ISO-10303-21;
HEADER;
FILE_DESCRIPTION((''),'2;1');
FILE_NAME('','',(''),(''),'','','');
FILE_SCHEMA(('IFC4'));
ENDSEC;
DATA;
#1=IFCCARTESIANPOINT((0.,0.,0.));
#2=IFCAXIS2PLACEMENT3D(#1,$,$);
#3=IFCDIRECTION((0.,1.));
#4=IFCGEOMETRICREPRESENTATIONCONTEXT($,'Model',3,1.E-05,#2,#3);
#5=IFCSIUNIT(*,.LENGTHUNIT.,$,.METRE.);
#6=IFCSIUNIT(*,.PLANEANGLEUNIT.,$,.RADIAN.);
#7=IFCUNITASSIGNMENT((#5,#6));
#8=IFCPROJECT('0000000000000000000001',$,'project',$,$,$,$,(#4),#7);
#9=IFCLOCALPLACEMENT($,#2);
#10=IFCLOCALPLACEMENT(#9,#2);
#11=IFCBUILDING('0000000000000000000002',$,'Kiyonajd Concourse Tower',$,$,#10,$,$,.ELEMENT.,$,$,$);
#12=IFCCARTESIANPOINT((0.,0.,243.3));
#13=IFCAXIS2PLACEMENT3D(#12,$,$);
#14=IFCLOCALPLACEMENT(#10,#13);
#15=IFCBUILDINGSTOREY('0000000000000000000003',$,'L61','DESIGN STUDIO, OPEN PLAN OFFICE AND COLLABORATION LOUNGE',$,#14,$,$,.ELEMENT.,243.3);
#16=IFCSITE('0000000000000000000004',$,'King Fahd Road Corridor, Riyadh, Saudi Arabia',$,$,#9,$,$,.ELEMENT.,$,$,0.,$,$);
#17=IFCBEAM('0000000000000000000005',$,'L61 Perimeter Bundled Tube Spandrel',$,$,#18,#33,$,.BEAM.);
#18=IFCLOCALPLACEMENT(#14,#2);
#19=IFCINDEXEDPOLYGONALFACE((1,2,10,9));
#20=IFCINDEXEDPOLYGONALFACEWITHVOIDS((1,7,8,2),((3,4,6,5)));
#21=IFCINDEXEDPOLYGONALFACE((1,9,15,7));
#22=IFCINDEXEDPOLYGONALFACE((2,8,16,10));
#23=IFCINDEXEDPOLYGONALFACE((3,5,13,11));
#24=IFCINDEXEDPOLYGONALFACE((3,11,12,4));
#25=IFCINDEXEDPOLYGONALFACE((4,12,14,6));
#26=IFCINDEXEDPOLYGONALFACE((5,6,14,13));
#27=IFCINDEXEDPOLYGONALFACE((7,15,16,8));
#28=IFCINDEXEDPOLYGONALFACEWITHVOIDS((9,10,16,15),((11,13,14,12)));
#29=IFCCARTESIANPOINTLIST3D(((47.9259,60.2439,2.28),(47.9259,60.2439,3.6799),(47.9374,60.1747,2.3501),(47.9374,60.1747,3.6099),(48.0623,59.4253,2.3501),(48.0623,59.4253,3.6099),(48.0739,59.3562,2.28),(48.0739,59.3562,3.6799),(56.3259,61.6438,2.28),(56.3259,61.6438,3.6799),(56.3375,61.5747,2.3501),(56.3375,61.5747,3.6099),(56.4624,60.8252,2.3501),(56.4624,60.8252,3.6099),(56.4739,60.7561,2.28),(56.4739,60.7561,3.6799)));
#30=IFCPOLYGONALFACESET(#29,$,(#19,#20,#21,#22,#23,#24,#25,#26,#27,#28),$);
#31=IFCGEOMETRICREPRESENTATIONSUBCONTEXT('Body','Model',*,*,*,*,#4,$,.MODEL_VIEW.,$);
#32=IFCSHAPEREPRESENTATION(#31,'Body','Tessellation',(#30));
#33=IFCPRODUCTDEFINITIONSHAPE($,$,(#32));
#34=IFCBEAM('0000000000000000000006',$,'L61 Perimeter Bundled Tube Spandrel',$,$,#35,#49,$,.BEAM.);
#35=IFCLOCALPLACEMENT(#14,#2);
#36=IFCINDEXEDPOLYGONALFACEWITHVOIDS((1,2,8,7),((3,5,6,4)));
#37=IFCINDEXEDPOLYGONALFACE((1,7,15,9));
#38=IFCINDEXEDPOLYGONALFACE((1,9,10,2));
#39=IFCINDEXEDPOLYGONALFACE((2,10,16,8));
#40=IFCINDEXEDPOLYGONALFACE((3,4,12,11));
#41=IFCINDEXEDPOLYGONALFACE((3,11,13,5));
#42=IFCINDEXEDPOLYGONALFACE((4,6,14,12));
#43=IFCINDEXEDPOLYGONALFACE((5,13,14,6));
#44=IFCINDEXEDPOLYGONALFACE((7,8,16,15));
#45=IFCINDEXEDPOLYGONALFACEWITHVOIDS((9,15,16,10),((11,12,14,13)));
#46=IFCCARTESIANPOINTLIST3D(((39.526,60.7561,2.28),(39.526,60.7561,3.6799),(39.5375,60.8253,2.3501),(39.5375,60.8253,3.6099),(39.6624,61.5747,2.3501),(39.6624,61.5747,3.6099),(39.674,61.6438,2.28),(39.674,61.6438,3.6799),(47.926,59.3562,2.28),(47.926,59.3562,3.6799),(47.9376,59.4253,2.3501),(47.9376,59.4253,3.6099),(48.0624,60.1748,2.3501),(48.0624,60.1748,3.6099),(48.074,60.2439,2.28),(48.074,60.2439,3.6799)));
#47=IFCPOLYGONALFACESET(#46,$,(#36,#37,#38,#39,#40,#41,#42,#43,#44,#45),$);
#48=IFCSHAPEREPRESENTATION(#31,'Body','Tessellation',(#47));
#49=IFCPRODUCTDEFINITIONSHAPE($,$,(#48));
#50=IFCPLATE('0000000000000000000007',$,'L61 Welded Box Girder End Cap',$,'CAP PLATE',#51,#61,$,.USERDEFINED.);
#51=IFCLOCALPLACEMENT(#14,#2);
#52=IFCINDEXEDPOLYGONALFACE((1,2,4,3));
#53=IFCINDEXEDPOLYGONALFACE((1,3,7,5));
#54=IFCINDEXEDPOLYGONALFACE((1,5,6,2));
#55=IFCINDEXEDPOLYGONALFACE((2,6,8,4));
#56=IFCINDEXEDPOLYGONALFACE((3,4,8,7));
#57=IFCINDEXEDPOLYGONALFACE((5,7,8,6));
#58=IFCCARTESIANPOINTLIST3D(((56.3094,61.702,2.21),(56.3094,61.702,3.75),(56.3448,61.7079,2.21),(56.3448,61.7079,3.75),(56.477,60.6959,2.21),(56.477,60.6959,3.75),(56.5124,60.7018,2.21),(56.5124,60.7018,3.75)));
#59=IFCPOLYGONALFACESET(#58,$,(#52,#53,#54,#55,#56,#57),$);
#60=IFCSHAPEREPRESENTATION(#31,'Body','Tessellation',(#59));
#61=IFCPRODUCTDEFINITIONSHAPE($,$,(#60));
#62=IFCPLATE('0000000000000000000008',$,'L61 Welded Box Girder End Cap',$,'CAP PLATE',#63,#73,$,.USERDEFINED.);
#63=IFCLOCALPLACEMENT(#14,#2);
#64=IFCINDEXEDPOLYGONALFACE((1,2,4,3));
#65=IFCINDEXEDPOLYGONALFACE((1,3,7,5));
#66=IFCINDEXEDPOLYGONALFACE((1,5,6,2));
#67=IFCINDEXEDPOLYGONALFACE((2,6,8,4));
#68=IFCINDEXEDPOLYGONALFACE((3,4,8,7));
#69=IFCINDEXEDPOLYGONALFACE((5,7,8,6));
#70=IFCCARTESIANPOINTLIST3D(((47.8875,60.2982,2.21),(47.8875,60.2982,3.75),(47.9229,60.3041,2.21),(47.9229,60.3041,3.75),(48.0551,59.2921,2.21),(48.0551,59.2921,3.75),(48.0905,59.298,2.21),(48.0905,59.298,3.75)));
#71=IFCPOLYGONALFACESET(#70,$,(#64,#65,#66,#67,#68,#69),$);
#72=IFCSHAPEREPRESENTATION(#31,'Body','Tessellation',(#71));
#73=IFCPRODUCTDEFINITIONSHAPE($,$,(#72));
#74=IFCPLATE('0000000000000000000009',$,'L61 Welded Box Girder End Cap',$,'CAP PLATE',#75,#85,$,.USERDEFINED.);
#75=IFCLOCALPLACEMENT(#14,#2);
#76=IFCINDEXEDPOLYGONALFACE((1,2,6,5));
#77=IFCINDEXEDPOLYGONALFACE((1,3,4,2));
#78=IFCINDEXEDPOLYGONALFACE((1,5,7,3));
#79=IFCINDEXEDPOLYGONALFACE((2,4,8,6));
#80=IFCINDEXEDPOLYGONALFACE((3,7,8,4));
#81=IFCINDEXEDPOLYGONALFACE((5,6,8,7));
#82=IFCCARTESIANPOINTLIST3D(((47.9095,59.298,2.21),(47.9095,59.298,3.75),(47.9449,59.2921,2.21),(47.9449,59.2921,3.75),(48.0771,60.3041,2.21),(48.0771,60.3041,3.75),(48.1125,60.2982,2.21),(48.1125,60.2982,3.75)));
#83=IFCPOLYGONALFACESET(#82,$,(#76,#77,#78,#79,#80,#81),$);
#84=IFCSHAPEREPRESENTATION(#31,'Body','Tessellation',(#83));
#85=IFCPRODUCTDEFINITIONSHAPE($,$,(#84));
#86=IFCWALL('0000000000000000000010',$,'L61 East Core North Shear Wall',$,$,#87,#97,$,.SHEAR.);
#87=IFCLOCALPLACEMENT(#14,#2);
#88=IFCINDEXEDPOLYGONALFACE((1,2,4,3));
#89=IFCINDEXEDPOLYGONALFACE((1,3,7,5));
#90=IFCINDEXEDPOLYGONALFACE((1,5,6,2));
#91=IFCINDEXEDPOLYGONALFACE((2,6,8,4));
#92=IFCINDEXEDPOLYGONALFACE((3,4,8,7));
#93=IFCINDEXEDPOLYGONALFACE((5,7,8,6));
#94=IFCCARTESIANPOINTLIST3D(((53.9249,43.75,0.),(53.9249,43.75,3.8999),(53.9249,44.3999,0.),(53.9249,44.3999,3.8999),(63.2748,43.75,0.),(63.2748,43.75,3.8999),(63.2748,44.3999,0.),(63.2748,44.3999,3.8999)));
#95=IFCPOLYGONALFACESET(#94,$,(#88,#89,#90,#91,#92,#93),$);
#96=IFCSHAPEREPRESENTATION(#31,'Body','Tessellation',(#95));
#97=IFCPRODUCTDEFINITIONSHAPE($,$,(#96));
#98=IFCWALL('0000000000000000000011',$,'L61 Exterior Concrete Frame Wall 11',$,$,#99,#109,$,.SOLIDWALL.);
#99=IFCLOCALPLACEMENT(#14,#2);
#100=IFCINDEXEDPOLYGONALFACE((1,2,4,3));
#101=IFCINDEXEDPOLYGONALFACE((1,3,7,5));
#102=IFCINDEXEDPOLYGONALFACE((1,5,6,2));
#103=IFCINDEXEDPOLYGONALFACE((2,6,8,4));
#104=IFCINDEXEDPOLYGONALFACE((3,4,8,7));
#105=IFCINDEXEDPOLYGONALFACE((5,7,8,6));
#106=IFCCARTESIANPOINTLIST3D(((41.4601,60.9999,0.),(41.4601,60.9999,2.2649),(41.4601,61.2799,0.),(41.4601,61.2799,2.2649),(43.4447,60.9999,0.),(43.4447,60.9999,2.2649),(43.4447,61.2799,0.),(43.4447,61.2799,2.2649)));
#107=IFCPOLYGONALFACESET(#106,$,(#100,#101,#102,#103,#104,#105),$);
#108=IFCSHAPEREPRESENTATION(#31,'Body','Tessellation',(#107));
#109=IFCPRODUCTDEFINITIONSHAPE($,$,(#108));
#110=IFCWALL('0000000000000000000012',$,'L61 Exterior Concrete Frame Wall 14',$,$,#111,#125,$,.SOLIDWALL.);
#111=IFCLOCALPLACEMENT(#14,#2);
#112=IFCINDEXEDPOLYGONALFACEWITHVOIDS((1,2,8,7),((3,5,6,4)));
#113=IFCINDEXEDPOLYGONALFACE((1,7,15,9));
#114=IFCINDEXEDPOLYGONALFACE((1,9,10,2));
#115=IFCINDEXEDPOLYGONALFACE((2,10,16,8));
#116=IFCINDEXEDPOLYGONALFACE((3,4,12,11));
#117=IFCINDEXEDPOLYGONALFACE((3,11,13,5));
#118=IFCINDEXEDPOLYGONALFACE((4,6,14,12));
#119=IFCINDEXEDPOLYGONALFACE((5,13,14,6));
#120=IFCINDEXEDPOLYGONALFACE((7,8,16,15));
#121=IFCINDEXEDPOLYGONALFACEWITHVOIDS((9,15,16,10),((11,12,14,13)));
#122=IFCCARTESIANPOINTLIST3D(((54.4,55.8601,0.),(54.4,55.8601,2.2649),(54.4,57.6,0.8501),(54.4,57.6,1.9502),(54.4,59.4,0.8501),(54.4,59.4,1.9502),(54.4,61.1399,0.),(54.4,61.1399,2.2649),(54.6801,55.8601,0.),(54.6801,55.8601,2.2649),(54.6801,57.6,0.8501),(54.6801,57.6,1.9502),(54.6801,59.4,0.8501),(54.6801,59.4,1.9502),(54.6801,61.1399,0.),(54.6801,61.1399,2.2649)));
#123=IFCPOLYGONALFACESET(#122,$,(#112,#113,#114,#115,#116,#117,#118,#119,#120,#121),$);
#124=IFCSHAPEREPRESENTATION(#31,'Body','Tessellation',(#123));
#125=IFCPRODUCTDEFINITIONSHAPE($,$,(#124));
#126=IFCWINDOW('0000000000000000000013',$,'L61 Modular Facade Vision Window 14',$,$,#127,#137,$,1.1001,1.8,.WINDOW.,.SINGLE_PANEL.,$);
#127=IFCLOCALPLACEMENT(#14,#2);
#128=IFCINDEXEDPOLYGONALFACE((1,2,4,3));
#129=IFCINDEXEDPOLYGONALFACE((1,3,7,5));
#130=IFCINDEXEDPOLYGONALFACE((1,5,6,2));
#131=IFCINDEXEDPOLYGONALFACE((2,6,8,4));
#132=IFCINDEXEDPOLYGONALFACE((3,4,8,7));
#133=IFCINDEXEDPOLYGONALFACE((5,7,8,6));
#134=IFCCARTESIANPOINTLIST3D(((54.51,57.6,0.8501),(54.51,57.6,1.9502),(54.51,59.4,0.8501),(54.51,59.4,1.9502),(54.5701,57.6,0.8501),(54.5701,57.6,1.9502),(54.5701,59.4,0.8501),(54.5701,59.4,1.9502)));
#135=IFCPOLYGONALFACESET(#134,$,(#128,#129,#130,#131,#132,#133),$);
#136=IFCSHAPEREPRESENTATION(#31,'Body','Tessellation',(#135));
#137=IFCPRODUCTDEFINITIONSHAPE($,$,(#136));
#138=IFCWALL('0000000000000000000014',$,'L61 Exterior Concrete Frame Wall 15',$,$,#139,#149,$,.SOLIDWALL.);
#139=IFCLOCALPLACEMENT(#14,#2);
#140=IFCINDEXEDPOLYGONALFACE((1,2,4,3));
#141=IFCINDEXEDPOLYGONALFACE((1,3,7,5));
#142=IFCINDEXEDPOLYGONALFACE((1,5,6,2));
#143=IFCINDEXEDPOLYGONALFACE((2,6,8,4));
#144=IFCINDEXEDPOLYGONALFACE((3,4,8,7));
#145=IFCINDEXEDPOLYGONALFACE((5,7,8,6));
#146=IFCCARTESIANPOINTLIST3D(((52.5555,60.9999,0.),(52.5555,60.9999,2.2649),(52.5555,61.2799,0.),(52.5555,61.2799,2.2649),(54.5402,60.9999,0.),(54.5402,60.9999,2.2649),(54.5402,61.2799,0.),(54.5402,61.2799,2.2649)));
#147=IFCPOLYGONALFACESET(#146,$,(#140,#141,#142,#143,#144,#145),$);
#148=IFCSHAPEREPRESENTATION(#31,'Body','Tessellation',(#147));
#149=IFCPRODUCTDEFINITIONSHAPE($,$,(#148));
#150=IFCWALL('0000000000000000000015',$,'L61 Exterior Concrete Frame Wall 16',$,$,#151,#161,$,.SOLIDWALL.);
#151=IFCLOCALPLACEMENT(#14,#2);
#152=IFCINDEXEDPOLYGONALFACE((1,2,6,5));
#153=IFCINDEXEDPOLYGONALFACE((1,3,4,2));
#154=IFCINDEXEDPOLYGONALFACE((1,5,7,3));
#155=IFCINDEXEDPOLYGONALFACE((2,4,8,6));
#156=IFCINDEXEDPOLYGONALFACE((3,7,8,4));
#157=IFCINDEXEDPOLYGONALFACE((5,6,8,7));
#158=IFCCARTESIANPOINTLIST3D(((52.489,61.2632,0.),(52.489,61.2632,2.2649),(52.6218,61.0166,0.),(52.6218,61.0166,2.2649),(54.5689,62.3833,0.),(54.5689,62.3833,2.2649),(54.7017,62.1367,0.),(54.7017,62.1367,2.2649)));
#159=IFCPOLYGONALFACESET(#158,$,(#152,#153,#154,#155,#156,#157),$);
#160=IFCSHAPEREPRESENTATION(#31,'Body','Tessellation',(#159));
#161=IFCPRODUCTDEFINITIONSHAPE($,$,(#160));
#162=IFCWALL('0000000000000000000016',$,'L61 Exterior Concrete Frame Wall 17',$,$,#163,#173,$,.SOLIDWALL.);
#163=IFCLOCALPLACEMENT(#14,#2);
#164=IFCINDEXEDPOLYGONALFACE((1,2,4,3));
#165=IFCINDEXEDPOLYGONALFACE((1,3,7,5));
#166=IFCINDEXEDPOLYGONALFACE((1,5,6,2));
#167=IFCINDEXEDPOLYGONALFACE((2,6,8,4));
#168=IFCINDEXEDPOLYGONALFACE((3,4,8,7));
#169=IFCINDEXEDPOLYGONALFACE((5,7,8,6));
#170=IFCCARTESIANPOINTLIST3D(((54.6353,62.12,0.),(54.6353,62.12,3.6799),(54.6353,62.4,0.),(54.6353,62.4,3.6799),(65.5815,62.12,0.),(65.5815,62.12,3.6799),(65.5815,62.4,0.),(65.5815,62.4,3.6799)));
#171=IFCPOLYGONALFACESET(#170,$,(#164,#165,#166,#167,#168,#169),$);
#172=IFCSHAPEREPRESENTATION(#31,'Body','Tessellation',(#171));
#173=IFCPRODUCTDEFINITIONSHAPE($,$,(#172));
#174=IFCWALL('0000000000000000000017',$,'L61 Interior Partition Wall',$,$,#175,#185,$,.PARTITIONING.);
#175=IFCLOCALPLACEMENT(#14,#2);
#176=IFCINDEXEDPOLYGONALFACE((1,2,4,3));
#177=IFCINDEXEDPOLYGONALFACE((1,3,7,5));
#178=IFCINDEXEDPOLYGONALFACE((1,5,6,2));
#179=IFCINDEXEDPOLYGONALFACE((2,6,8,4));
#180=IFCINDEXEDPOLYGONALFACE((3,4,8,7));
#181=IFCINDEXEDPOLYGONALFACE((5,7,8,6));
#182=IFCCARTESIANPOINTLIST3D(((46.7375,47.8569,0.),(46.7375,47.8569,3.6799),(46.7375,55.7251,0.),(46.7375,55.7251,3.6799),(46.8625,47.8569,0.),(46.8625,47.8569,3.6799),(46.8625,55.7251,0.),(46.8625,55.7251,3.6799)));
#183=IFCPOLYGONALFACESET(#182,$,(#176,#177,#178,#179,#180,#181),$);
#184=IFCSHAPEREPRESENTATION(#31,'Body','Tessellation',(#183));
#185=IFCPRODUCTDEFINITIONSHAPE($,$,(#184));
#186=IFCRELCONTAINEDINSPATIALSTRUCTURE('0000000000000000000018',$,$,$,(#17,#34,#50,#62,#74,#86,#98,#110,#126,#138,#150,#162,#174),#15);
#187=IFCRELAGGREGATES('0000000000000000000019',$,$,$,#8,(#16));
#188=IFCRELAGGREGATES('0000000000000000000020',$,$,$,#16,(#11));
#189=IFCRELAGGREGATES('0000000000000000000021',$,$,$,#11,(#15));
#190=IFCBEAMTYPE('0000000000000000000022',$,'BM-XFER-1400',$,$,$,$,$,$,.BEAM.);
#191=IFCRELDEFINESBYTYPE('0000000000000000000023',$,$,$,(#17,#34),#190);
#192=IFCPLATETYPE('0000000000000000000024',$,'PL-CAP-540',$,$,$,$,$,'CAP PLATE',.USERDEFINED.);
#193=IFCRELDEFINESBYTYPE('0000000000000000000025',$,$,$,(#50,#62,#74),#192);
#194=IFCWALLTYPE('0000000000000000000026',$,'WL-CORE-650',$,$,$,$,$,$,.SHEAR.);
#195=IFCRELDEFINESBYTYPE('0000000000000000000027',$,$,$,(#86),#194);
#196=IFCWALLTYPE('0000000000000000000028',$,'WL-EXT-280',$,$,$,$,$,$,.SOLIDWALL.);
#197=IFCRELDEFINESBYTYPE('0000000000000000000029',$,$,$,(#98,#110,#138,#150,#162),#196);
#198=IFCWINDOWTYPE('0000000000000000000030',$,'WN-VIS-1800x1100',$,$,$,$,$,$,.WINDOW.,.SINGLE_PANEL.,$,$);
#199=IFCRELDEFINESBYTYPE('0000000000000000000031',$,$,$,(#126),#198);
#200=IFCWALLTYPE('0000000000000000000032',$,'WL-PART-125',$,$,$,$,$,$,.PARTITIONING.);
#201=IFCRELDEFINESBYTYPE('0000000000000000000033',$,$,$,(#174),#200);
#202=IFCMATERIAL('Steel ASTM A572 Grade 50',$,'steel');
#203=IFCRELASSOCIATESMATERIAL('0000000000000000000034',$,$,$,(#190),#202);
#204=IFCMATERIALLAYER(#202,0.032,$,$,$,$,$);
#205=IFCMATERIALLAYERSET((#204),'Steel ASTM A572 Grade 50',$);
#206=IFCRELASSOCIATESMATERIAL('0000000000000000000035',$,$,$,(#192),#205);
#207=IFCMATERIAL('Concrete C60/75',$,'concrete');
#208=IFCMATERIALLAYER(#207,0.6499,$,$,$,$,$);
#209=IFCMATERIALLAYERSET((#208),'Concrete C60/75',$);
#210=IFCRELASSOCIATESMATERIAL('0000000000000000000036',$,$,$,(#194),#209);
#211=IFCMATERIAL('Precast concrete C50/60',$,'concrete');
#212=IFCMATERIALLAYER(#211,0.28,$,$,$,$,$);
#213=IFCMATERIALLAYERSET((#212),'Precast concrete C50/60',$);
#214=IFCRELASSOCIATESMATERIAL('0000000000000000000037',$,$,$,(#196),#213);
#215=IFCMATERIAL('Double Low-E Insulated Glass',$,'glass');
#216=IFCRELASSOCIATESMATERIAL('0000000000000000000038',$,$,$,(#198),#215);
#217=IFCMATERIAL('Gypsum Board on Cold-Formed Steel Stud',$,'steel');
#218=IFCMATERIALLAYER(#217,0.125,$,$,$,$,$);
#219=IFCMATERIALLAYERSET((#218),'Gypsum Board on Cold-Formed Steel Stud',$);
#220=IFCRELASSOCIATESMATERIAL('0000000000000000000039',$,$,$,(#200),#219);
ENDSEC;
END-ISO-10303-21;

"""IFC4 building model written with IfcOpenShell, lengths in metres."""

from ifc_helpers import new_model, si_unit, direction, frame, frame_2d, origin, origin_2d, place, context, subcontext, project, spatial, rectangle, hollow_rectangle, extrude, material, layer, layer_set, material_profile, profile_set, type_object, element, fill, save


model = new_model("IFC4")

# Units and contexts
model_context = context("Model", 3, precision=1e-05, world=origin(), true_north=direction((0.0, 1.0)))
body_context = subcontext(model_context, "Body", "Model", "MODEL_VIEW")
ifc_project = project(units=[si_unit("LENGTHUNIT", "METRE"), si_unit("PLANEANGLEUNIT", "RADIAN")], contexts=[model_context])

# Site, building, storey
site_placement = place(None, origin())
site = spatial("IfcSite", under=ifc_project, at=site_placement, Name="King Fahd Road Corridor, Riyadh, Saudi Arabia", CompositionType="ELEMENT", RefElevation=0.0)
building_placement = place(site_placement, origin())
building = spatial("IfcBuilding", under=site, at=building_placement, Name="Kiyonajd Concourse Tower", CompositionType="ELEMENT")
storey_placement = place(building_placement, frame((0.0, 0.0, 243.3)))
storey = spatial("IfcBuildingStorey", under=building, at=storey_placement, Name="L61", Description="DESIGN STUDIO, OPEN PLAN OFFICE AND COLLABORATION LOUNGE", CompositionType="ELEMENT", Elevation=243.3)

# Shared definitions
ifc_material_1 = material(Name="Concrete C60/75", Category="concrete")

# Beams
ifc_material_2 = material(Name="Steel ASTM A572 Grade 50", Category="steel")
ifc_material_profile_1 = material_profile(ifc_material_2, hollow_rectangle(XDim=0.8999, YDim=1.3999, WallThickness=0.0701, at=origin_2d()), Name="BOX-1400x900x70")
ifc_profile_set_1 = profile_set([ifc_material_profile_1], Name="Steel ASTM A572 Grade 50")
beam_type_1 = type_object("IfcBeamType", Name="BM-XFER-1400", PredefinedType="BEAM", material=ifc_profile_set_1)
for number, where, z_axis, x_axis, name in (
    (1, (56.3999, 61.2, 2.98), (-0.986395, -0.16439, 0.0), (0.16439, -0.986395, 0.0), "L61 Perimeter Bundled Tube Spandrel"),
    (2, (48.0, 59.8, 2.98), (-0.986395, 0.16439, 0.0), (-0.16439, -0.986395, 0.0), "L61 Perimeter Bundled Tube Spandrel"),
):
    element("IfcBeam", number, at=place(storey_placement, frame(where, z_axis=z_axis, x_axis=x_axis)), inside=storey, type_object=beam_type_1, Name=name, PredefinedType="BEAM", context=body_context, shape_type="SweptSolid", body=[
        extrude(hollow_rectangle(XDim=0.8999, YDim=1.3999, WallThickness=0.0701, at=origin_2d()), origin(), (0.0, 0.0, 1.0), 8.5159),
    ])

# Plates
ifc_layer_1 = layer(ifc_material_2, 0.032)
ifc_layer_set_1 = layer_set([ifc_layer_1], Name="Steel ASTM A572 Grade 50")
plate_type = type_object("IfcPlateType", Name="PL-CAP-540", ElementType="CAP PLATE", PredefinedType="USERDEFINED", material=ifc_layer_set_1)
for number, where, z_axis, x_axis, name in (
    (3, (56.4109, 61.2019, 2.21), (0.0, 0.0, 1.0), (0.986401, 0.164359, 0.0), "L61 Welded Box Girder End Cap"),
    (4, (47.989, 59.7981, 2.21), (0.0, 0.0, 1.0), (-0.986401, -0.164359, 0.0), "L61 Welded Box Girder End Cap"),
    (5, (48.011, 59.7981, 2.21), (0.0, 0.0, 1.0), (0.986401, -0.164359, 0.0), "L61 Welded Box Girder End Cap"),
):
    element("IfcPlate", number, at=place(storey_placement, frame(where, z_axis=z_axis, x_axis=x_axis)), inside=storey, type_object=plate_type, Name=name, ObjectType="CAP PLATE", PredefinedType="USERDEFINED", context=body_context, shape_type="SweptSolid", body=[
        extrude(rectangle(XDim=0.0359, YDim=1.02, at=origin_2d()), origin(), (0.0, 0.0, 1.0), 1.54),
    ])

# Walls
ifc_layer_2 = layer(ifc_material_1, 0.6499)
ifc_layer_set_2 = layer_set([ifc_layer_2], Name="Concrete C60/75")
wall_type_1 = type_object("IfcWallType", Name="WL-CORE-650", PredefinedType="SHEAR", material=ifc_layer_set_2)
wall_1_placement = place(storey_placement, frame((53.925, 44.075, 0.0), z_axis=(0.0, 0.0, 1.0), x_axis=(1.0, 0.0, 0.0)))
element("IfcWall", 6, at=wall_1_placement, inside=storey, type_object=wall_type_1, Name="L61 East Core North Shear Wall", PredefinedType="SHEAR", context=body_context, shape_type="SweptSolid", body=[
    extrude(rectangle(XDim=9.3499, YDim=0.6499, at=frame_2d((4.6748, 0.0))), origin(), (0.0, 0.0, 1.0), 3.8999),
])
ifc_material_3 = material(Name="Precast concrete C50/60", Category="concrete")
ifc_layer_3 = layer(ifc_material_3, 0.28)
ifc_layer_set_3 = layer_set([ifc_layer_3], Name="Precast concrete C50/60")
wall_type_2 = type_object("IfcWallType", Name="WL-EXT-280", PredefinedType="SOLIDWALL", material=ifc_layer_set_3)
wall_2_placement = place(storey_placement, frame((43.4446, 61.1399, 0.0), z_axis=(0.0, 0.0, 1.0), x_axis=(-1.0, 0.0, 0.0)))
element("IfcWall", 7, at=wall_2_placement, inside=storey, type_object=wall_type_2, Name="L61 Exterior Concrete Frame Wall 11", PredefinedType="SOLIDWALL", context=body_context, shape_type="SweptSolid", body=[
    extrude(rectangle(XDim=1.9846, YDim=0.28, at=frame_2d((0.9922, 0.0))), origin(), (0.0, 0.0, 1.0), 2.2649),
])

# Wall, opening, window
wall_3_placement = place(storey_placement, frame((54.54, 55.8601, 0.0), z_axis=(0.0, 0.0, 1.0), x_axis=(0.0, 1.0, 0.0)))
wall_3 = element("IfcWall", 8, at=wall_3_placement, inside=storey, type_object=wall_type_2, Name="L61 Exterior Concrete Frame Wall 14", PredefinedType="SOLIDWALL", context=body_context, shape_type="SweptSolid", body=[
    extrude(rectangle(XDim=5.2798, YDim=0.28, at=frame_2d((2.6399, 0.0))), origin(), (0.0, 0.0, 1.0), 2.2649),
])
opening_placement = place(wall_3_placement, frame((1.74, 0.0, 0.8501)))
opening = element("IfcOpeningElement", 9, at=opening_placement, cuts=wall_3, PredefinedType="OPENING", context=body_context, shape_type="SweptSolid", body=[
    extrude(rectangle(XDim=1.8, YDim=1.1001, at=frame_2d((0.8999, 0.55))), frame((0.0, 0.1499, 0.0), z_axis=(0.0, -1.0, 0.0), x_axis=(1.0, 0.0, 0.0)), (0.0, 0.0, 1.0), 0.3),
])
ifc_material_4 = material(Name="Double Low-E Insulated Glass", Category="glass")
window_type = type_object("IfcWindowType", Name="WN-VIS-1800x1100", PartitioningType="SINGLE_PANEL", PredefinedType="WINDOW", material=ifc_material_4)
window_placement = place(opening_placement, origin())
window = element("IfcWindow", 10, at=window_placement, inside=storey, type_object=window_type, Name="L61 Modular Facade Vision Window 14", OverallHeight=1.1001, OverallWidth=1.8, PartitioningType="SINGLE_PANEL", PredefinedType="WINDOW", context=body_context, shape_type="SweptSolid", body=[
    extrude(rectangle(XDim=1.8, YDim=1.1001, at=frame_2d((0.8999, 0.55))), frame((0.0, 0.03, 0.0), z_axis=(0.0, -1.0, 0.0), x_axis=(1.0, 0.0, 0.0)), (0.0, 0.0, 1.0), 0.0601),
])
fill(opening, window)

# Walls
wall_4_placement = place(storey_placement, frame((54.54, 61.1399, 0.0), z_axis=(0.0, 0.0, 1.0), x_axis=(-1.0, 0.0, 0.0)))
element("IfcWall", 11, at=wall_4_placement, inside=storey, type_object=wall_type_2, Name="L61 Exterior Concrete Frame Wall 15", PredefinedType="SOLIDWALL", context=body_context, shape_type="SweptSolid", body=[
    extrude(rectangle(XDim=1.9846, YDim=0.28, at=frame_2d((0.9922, 0.0))), origin(), (0.0, 0.0, 1.0), 2.2649),
])
wall_5_placement = place(storey_placement, frame((52.5554, 61.1399, 0.0), z_axis=(0.0, 0.0, 1.0), x_axis=(0.880435, 0.474168, 0.0)))
element("IfcWall", 12, at=wall_5_placement, inside=storey, type_object=wall_type_2, Name="L61 Exterior Concrete Frame Wall 16", PredefinedType="SOLIDWALL", context=body_context, shape_type="SweptSolid", body=[
    extrude(rectangle(XDim=2.3623, YDim=0.28, at=frame_2d((1.1812, 0.0))), origin(), (0.0, 0.0, 1.0), 2.2649),
])
wall_6_placement = place(storey_placement, frame((54.6353, 62.26, 0.0), z_axis=(0.0, 0.0, 1.0), x_axis=(1.0, 0.0, 0.0)))
element("IfcWall", 13, at=wall_6_placement, inside=storey, type_object=wall_type_2, Name="L61 Exterior Concrete Frame Wall 17", PredefinedType="SOLIDWALL", context=body_context, shape_type="SweptSolid", body=[
    extrude(rectangle(XDim=10.9463, YDim=0.28, at=frame_2d((5.4731, 0.0))), origin(), (0.0, 0.0, 1.0), 3.6799),
])
ifc_material_5 = material(Name="Gypsum Board on Cold-Formed Steel Stud", Category="steel")
ifc_layer_4 = layer(ifc_material_5, 0.125)
ifc_layer_set_4 = layer_set([ifc_layer_4], Name="Gypsum Board on Cold-Formed Steel Stud")
wall_type_3 = type_object("IfcWallType", Name="WL-PART-125", PredefinedType="PARTITIONING", material=ifc_layer_set_4)
wall_7_placement = place(storey_placement, frame((46.8, 47.8569, 0.0), z_axis=(0.0, 0.0, 1.0), x_axis=(0.0, 1.0, 0.0)))
element("IfcWall", 14, at=wall_7_placement, inside=storey, type_object=wall_type_3, Name="L61 Interior Partition Wall", PredefinedType="PARTITIONING", context=body_context, shape_type="SweptSolid", body=[
    extrude(rectangle(XDim=7.8682, YDim=0.125, at=frame_2d((3.9341, 0.0))), origin(), (0.0, 0.0, 1.0), 3.6799),
])

save(model, "model.ifc")
